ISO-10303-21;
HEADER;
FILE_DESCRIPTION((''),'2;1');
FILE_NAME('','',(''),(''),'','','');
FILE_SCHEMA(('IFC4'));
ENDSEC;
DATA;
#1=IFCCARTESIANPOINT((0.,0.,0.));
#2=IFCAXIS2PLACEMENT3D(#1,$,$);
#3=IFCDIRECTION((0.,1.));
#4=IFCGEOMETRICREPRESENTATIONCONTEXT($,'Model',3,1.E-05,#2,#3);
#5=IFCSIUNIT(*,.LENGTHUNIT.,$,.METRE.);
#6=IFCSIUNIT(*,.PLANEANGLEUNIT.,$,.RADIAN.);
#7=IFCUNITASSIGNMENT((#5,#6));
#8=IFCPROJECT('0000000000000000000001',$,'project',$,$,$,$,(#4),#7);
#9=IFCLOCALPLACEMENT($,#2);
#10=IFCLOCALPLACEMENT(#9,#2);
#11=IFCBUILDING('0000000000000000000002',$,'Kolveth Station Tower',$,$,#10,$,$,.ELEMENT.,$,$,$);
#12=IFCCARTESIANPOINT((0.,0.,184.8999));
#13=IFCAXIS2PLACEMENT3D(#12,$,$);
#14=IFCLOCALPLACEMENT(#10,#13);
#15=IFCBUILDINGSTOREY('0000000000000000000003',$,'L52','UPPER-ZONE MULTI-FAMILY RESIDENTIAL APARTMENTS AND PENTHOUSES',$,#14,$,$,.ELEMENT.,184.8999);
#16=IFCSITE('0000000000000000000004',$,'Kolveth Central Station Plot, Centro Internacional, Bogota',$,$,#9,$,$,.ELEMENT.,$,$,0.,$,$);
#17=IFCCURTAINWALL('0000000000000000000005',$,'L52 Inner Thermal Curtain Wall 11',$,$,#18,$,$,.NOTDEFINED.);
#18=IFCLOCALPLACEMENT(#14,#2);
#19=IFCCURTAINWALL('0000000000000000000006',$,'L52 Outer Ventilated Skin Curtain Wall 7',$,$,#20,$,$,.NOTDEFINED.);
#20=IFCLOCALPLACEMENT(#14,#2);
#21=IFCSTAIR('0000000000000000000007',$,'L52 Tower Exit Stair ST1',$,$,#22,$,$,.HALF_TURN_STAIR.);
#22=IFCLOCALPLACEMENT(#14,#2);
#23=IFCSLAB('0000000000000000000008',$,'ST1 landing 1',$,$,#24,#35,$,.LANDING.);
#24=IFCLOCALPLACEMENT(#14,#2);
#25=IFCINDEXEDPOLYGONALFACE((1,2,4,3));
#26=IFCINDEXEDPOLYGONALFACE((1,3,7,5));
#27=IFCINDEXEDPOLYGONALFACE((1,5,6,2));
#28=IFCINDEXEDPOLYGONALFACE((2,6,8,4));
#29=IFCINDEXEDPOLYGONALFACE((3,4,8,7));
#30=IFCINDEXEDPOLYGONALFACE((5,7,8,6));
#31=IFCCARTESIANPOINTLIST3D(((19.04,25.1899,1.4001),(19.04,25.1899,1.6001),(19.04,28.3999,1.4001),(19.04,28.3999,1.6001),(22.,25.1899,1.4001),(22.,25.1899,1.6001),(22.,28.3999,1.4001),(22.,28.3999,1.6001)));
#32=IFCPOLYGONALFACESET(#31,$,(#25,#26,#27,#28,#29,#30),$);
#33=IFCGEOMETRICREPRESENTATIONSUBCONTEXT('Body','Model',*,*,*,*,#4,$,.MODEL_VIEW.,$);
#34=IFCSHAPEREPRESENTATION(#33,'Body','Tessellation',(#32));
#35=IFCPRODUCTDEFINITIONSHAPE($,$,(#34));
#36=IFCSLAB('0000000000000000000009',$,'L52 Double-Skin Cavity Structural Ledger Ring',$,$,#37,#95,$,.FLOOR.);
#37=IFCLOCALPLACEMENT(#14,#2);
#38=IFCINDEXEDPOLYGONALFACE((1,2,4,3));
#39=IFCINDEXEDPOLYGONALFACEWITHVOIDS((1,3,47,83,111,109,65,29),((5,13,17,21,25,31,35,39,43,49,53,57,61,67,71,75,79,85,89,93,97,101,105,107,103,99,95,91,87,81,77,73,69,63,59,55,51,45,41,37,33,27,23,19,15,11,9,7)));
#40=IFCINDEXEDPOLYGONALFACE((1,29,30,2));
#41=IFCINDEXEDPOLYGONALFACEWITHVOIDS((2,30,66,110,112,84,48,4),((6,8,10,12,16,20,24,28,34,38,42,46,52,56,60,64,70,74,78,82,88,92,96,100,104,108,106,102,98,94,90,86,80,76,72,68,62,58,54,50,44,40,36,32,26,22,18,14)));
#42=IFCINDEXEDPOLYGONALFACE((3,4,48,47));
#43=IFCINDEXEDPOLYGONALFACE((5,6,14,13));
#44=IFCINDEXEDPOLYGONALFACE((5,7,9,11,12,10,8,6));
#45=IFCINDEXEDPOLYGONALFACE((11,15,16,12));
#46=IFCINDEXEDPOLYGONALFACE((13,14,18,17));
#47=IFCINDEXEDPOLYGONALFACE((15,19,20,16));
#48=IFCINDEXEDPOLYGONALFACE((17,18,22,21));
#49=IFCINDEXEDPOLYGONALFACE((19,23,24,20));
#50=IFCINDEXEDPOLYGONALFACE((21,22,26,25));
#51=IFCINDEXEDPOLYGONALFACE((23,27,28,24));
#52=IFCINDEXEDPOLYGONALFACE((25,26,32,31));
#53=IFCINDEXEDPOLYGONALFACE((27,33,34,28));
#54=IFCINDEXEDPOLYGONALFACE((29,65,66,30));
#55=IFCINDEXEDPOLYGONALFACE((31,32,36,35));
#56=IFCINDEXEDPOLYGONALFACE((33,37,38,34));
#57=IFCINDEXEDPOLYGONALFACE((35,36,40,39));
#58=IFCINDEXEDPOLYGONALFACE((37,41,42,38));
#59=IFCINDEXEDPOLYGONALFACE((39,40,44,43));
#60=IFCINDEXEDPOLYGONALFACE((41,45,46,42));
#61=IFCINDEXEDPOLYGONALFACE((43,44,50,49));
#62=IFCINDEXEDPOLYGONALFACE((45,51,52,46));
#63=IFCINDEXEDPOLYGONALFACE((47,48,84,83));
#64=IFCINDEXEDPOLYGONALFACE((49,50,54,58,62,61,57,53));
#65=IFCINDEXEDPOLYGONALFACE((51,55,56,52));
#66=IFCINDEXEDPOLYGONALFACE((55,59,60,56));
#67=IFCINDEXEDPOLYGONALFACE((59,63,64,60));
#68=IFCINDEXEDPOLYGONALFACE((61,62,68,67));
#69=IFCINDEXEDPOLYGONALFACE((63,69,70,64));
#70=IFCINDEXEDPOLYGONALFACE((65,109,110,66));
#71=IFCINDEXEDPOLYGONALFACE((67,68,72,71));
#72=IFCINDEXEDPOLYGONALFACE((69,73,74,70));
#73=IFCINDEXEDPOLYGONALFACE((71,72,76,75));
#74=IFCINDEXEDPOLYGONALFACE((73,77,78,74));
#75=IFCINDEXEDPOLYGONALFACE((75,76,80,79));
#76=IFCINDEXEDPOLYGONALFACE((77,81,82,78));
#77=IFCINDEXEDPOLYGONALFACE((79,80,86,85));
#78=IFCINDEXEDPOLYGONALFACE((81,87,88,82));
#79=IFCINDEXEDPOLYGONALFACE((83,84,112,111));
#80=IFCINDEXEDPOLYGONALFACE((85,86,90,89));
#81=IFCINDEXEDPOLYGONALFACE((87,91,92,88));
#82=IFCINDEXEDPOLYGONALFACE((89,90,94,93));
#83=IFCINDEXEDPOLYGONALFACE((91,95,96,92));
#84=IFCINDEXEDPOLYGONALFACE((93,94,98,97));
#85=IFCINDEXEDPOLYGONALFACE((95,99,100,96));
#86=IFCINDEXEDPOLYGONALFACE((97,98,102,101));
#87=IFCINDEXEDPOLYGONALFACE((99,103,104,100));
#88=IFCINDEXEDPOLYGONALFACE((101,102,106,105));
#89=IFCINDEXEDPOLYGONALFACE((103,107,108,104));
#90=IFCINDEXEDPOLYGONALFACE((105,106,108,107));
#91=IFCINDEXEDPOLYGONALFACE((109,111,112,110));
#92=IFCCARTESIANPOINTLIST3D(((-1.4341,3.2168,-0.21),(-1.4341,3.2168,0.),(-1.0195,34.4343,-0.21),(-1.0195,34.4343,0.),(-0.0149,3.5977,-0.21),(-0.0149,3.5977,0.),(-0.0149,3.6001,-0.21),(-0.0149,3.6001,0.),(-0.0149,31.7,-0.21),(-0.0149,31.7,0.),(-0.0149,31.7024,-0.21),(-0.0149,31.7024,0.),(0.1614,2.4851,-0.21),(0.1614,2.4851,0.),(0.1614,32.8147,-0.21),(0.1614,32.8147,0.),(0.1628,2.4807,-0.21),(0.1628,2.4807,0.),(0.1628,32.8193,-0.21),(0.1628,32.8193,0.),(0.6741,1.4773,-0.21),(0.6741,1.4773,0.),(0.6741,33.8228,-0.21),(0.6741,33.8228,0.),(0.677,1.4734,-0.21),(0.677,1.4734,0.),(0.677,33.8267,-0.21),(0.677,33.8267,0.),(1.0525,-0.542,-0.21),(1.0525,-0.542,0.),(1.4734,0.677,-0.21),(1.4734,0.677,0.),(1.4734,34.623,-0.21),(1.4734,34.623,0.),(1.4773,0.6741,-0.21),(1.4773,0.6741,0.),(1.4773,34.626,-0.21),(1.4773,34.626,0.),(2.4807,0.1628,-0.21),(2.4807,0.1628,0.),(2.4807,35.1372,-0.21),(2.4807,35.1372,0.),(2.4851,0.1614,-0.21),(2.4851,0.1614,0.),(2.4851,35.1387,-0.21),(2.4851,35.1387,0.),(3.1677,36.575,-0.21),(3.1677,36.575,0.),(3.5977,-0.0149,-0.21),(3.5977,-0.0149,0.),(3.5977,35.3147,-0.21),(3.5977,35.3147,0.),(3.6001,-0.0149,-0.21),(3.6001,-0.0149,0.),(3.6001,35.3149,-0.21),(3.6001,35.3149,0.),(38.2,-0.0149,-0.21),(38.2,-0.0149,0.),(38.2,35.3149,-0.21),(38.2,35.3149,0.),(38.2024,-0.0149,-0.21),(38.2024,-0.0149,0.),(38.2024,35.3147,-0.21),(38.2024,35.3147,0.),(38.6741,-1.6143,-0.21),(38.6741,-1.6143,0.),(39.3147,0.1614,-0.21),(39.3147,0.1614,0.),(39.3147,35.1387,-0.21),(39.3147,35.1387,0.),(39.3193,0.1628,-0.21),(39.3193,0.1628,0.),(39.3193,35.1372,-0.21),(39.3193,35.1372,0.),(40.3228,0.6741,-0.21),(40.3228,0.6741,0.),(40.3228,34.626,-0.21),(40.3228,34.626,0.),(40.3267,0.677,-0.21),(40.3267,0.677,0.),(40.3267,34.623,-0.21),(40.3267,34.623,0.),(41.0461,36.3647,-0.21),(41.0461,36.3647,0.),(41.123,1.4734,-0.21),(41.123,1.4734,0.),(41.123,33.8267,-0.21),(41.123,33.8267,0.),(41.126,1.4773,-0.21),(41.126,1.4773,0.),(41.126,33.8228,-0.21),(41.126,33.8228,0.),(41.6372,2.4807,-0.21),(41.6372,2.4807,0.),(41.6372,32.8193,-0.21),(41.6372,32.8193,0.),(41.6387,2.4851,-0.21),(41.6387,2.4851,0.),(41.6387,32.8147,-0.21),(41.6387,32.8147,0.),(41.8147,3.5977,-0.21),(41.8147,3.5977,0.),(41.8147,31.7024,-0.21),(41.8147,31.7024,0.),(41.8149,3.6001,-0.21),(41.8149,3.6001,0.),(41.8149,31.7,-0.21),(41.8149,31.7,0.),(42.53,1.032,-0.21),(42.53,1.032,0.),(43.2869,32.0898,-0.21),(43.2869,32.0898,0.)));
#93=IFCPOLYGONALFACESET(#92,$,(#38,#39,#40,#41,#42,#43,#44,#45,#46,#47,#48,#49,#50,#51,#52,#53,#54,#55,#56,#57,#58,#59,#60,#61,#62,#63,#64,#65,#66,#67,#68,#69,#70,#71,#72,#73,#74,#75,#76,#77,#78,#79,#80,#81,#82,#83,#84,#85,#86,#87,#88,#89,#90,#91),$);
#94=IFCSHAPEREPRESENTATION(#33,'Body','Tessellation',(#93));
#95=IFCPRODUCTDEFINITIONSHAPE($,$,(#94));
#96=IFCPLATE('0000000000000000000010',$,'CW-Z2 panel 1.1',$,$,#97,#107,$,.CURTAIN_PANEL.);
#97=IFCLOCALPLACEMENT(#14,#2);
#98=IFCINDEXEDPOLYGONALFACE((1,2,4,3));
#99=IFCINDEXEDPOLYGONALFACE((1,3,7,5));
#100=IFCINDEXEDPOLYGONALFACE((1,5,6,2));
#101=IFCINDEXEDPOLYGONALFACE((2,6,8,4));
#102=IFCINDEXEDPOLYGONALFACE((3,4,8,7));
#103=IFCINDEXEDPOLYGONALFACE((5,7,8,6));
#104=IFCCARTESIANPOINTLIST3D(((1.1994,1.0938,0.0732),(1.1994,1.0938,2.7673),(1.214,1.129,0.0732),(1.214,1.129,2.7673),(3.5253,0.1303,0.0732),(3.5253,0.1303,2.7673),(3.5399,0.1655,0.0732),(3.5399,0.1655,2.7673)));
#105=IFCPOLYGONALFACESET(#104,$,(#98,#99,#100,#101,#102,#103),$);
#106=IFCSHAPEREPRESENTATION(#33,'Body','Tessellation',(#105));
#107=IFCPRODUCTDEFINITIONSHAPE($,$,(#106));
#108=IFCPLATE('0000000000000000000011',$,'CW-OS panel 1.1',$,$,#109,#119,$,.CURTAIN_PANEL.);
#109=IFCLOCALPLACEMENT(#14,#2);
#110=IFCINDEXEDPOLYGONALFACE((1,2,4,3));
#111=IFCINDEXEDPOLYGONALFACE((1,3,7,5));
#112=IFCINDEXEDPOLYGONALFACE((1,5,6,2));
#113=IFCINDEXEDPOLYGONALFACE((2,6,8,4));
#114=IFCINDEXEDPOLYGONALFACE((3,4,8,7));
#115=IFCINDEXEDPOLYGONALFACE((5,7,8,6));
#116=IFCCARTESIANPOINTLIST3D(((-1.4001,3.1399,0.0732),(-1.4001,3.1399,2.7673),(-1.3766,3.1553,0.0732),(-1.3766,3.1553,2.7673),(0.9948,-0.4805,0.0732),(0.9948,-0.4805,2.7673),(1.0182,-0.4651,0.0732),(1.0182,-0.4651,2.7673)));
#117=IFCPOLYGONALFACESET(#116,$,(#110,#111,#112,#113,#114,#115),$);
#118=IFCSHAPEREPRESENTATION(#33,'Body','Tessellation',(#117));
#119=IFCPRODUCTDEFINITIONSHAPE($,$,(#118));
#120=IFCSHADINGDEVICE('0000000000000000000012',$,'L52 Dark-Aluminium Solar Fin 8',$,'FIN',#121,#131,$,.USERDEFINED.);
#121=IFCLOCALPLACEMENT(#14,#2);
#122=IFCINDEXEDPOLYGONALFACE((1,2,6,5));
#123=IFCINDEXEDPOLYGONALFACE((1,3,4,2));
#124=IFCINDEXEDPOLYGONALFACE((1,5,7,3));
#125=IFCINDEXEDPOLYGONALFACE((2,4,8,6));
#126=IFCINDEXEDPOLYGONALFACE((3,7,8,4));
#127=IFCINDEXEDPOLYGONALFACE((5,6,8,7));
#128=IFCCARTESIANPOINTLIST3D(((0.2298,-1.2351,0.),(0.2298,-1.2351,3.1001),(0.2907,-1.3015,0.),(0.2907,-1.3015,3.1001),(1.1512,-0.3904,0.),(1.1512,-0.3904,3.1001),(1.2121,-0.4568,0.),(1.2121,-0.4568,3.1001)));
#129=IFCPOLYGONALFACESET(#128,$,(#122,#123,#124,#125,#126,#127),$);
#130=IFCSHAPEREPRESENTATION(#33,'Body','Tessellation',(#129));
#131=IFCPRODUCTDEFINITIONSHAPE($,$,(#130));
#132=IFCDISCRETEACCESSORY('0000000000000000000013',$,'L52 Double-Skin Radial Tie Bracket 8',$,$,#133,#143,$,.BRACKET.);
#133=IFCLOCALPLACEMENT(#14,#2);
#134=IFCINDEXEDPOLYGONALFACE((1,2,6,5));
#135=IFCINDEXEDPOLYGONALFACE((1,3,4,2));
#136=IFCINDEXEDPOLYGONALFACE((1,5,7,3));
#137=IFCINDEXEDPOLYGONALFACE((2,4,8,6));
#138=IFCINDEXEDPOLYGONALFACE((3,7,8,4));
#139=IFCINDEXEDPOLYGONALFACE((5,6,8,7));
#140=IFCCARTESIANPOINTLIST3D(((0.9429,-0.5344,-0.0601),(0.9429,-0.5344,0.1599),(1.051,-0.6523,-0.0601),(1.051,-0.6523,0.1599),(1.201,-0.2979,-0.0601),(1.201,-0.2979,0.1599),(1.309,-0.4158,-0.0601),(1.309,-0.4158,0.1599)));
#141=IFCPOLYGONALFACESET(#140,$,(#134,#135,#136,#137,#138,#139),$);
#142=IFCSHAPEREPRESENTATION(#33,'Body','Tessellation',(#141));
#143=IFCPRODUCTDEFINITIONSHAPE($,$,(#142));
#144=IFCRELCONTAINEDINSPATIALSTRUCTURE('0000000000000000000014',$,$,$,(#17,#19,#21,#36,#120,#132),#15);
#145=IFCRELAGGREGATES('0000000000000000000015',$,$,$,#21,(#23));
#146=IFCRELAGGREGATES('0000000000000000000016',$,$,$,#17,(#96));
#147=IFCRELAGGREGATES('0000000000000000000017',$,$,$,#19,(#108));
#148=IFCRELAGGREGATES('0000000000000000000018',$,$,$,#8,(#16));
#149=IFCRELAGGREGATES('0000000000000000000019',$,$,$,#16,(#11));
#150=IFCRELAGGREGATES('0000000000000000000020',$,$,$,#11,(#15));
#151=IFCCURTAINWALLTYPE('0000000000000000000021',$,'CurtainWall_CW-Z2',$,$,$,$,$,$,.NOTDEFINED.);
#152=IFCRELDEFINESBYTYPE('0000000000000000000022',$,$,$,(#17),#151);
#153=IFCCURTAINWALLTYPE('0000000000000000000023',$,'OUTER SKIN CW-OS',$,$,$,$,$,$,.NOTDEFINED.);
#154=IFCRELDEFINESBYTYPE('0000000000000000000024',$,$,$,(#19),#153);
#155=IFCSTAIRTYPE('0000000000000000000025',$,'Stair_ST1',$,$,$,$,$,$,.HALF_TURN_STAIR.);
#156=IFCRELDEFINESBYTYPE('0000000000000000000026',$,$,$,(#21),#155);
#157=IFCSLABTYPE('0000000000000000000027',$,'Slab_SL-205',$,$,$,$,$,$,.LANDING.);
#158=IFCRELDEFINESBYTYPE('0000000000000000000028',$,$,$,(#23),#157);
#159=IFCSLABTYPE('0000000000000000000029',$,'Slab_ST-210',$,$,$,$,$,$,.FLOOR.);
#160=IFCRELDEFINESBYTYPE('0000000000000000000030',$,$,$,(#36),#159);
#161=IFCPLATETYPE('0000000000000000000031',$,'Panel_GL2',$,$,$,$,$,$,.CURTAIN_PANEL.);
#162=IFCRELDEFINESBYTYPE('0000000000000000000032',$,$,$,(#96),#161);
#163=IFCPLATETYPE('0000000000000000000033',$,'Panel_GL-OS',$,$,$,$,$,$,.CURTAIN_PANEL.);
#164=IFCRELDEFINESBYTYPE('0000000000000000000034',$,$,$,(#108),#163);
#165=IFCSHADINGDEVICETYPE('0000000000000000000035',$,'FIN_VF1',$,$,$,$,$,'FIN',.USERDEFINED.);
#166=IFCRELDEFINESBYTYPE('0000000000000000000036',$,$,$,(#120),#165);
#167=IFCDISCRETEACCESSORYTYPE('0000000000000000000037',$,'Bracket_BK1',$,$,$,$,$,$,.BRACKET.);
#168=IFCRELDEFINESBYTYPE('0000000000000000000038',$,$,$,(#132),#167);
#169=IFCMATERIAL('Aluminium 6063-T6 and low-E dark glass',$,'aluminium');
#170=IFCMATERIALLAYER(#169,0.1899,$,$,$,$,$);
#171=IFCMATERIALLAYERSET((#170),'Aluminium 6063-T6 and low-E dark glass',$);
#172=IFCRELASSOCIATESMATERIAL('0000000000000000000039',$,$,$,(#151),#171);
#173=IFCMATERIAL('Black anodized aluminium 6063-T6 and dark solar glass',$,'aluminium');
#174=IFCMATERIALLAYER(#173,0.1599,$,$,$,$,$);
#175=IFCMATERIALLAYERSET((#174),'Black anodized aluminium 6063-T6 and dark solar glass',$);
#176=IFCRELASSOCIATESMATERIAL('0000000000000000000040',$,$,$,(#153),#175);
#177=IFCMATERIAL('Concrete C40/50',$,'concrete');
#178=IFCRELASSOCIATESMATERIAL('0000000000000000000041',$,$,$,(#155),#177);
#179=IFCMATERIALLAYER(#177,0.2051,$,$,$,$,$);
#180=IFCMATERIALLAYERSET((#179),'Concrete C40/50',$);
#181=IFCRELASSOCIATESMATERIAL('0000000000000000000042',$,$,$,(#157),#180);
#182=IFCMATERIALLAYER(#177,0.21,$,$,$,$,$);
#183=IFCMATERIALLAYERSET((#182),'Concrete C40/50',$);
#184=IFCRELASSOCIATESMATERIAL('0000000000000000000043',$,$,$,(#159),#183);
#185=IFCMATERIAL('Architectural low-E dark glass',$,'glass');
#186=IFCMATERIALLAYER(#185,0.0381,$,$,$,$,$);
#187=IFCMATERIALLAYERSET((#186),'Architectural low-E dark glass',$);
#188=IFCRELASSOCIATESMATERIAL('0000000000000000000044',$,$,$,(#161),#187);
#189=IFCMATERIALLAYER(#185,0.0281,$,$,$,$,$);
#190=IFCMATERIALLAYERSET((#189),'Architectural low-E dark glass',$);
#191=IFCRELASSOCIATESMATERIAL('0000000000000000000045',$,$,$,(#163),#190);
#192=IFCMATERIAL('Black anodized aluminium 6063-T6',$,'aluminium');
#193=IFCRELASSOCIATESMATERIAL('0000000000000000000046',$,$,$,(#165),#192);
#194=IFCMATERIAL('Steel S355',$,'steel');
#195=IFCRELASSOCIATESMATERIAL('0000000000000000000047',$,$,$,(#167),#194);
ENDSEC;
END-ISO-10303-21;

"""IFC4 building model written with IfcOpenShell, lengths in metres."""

from ifc_helpers import new_model, si_unit, direction, frame, origin, origin_2d, place, context, subcontext, project, spatial, polyline, rectangle, outline, extrude, source, transform, mapped, material, layer, layer_set, type_object, element, aggregate, save


model = new_model("IFC4")

# Units and contexts
model_context = context("Model", 3, precision=1e-05, world=origin(), true_north=direction((0.0, 1.0)))
body_context = subcontext(model_context, "Body", "Model", "MODEL_VIEW")
ifc_project = project(units=[si_unit("LENGTHUNIT", "METRE"), si_unit("PLANEANGLEUNIT", "RADIAN")], contexts=[model_context])

# Site, building, storey
site_placement = place(None, origin())
site = spatial("IfcSite", under=ifc_project, at=site_placement, Name="Kolveth Central Station Plot, Centro Internacional, Bogota", CompositionType="ELEMENT", RefElevation=0.0)
building_placement = place(site_placement, origin())
building = spatial("IfcBuilding", under=site, at=building_placement, Name="Kolveth Station Tower", CompositionType="ELEMENT")
storey_placement = place(building_placement, frame((0.0, 0.0, 184.8999)))
storey = spatial("IfcBuildingStorey", under=building, at=storey_placement, Name="L52", Description="UPPER-ZONE MULTI-FAMILY RESIDENTIAL APARTMENTS AND PENTHOUSES", CompositionType="ELEMENT", Elevation=184.8999)

# Shared definitions
ifc_material_1 = material(Name="Steel S355", Category="steel")

# Shared definitions
ifc_material_2 = material(Name="Aluminium 6063-T6 and low-E dark glass", Category="aluminium")
ifc_layer_1 = layer(ifc_material_2, 0.1899)
ifc_layer_set_1 = layer_set([ifc_layer_1], Name="Aluminium 6063-T6 and low-E dark glass")
curtain_wall_type_1 = type_object("IfcCurtainWallType", Name="CurtainWall_CW-Z2", PredefinedType="NOTDEFINED", material=ifc_layer_set_1)
ifc_material_3 = material(Name="Black anodized aluminium 6063-T6", Category="aluminium")

# Curtain wall
curtain_wall_1_placement = place(storey_placement, origin())
curtain_wall_1 = element("IfcCurtainWall", 1, at=curtain_wall_1_placement, inside=storey, type_object=curtain_wall_type_1, Name="L52 Inner Thermal Curtain Wall 11", PredefinedType="NOTDEFINED")

# Curtain wall
ifc_material_4 = material(Name="Black anodized aluminium 6063-T6 and dark solar glass", Category="aluminium")
ifc_layer_2 = layer(ifc_material_4, 0.1599)
ifc_layer_set_2 = layer_set([ifc_layer_2], Name="Black anodized aluminium 6063-T6 and dark solar glass")
curtain_wall_type_2 = type_object("IfcCurtainWallType", Name="OUTER SKIN CW-OS", PredefinedType="NOTDEFINED", material=ifc_layer_set_2)
curtain_wall_2_placement = place(storey_placement, origin())
curtain_wall_2 = element("IfcCurtainWall", 2, at=curtain_wall_2_placement, inside=storey, type_object=curtain_wall_type_2, Name="L52 Outer Ventilated Skin Curtain Wall 7", PredefinedType="NOTDEFINED")

# Shared definitions
ifc_material_5 = material(Name="Concrete C40/50", Category="concrete")

# Stair, slab
stair_type_1 = type_object("IfcStairType", Name="Stair_ST1", PredefinedType="HALF_TURN_STAIR", material=ifc_material_5)
stair_1_placement = place(storey_placement, origin())
stair_1 = element("IfcStair", 3, at=stair_1_placement, inside=storey, type_object=stair_type_1, Name="L52 Tower Exit Stair ST1", PredefinedType="HALF_TURN_STAIR")
ifc_layer_3 = layer(ifc_material_5, 0.2051)
ifc_layer_set_3 = layer_set([ifc_layer_3], Name="Concrete C40/50")
slab_type_1 = type_object("IfcSlabType", Name="Slab_SL-205", PredefinedType="LANDING", material=ifc_layer_set_3)
slab_1_placement = place(storey_placement, frame((0.0, 0.0, 1.4001)))
slab_1 = element("IfcSlab", 4, at=slab_1_placement, type_object=slab_type_1, Name="ST1 landing 1", PredefinedType="LANDING", context=body_context, shape_type="SweptSolid", body=[
    extrude(outline(polyline([(22.0, 25.1899), (22.0, 28.3999), (19.04, 28.3999), (19.04, 25.1899), (22.0, 25.1899)])), origin(), (0.0, 0.0, 1.0), 0.2),
])
aggregate(stair_1, [slab_1])

# Slab
ifc_layer_4 = layer(ifc_material_5, 0.21)
ifc_layer_set_4 = layer_set([ifc_layer_4], Name="Concrete C40/50")
slab_type_2 = type_object("IfcSlabType", Name="Slab_ST-210", PredefinedType="FLOOR", material=ifc_layer_set_4)
slab_2_placement = place(storey_placement, frame((0.0, 0.0, -0.21)))
element("IfcSlab", 5, at=slab_2_placement, inside=storey, type_object=slab_type_2, Name="L52 Double-Skin Cavity Structural Ledger Ring", PredefinedType="FLOOR", context=body_context, shape_type="SweptSolid", body=[
    extrude(outline(polyline([(1.0525, -0.542), (-1.4341, 3.2168), (-1.0195, 34.4343), (3.1677, 36.575), (41.0461, 36.3647), (43.2869, 32.0898), (42.53, 1.032), (38.6741, -1.6143), (1.0525, -0.542)]), holes=[polyline([(38.2024, -0.0149), (39.3147, 0.1614), (39.3193, 0.1628), (40.3228, 0.6741), (40.3267, 0.677), (41.123, 1.4734), (41.126, 1.4773), (41.6372, 2.4807), (41.6387, 2.4851), (41.8147, 3.5977), (41.8149, 3.6001), (41.8149, 31.7), (41.8147, 31.7024), (41.6387, 32.8147), (41.6372, 32.8193), (41.126, 33.8228), (41.123, 33.8267), (40.3267, 34.623), (40.3228, 34.626), (39.3193, 35.1372), (39.3147, 35.1387), (38.2024, 35.3147), (38.2, 35.3149), (3.6001, 35.3149), (3.5977, 35.3147), (2.4851, 35.1387), (2.4807, 35.1372), (1.4773, 34.626), (1.4734, 34.623), (0.677, 33.8267), (0.6741, 33.8228), (0.1628, 32.8193), (0.1614, 32.8147), (-0.0149, 31.7024), (-0.0149, 31.7), (-0.0149, 3.6001), (-0.0149, 3.5977), (0.1614, 2.4851), (0.1628, 2.4807), (0.6741, 1.4773), (0.677, 1.4734), (1.4734, 0.677), (1.4773, 0.6741), (2.4807, 0.1628), (2.4851, 0.1614), (3.5977, -0.0149), (3.6001, -0.0149), (38.2, -0.0149), (38.2024, -0.0149)])]), origin(), (0.0, 0.0, 1.0), 0.21),
])

# Plates
ifc_material_6 = material(Name="Architectural low-E dark glass", Category="glass")
ifc_layer_5 = layer(ifc_material_6, 0.0381)
ifc_layer_set_5 = layer_set([ifc_layer_5], Name="Architectural low-E dark glass")
plate_type_1 = type_object("IfcPlateType", Name="Panel_GL2", PredefinedType="CURTAIN_PANEL", material=ifc_layer_set_5)
shared_shape_1 = source(origin(), body_context, "Body", "SweptSolid", [
    extrude(rectangle(XDim=2.5176, YDim=0.0381, at=origin_2d()), origin(), (0.0, 0.0, 1.0), 2.6941),
])
plate_1_placement = place(storey_placement, frame((2.3696, 0.6296, 0.0732), z_axis=(0.0, 0.0, 1.0), x_axis=(0.923874, -0.382698, 0.0)))
plate_1 = element("IfcPlate", 6, at=plate_1_placement, type_object=plate_type_1, Name="CW-Z2 panel 1.1", PredefinedType="CURTAIN_PANEL", context=body_context, shape_type="MappedRepresentation", body=[
    mapped(shared_shape_1, transform((0.0, 0.0, 0.0), x_axis=(1.0, 0.0, 0.0), y_axis=(0.0, 1.0, 0.0), z_axis=(0.0, 0.0, 1.0), scale=1.0)),
])
aggregate(curtain_wall_1, [plate_1])
ifc_layer_6 = layer(ifc_material_6, 0.0281)
ifc_layer_set_6 = layer_set([ifc_layer_6], Name="Architectural low-E dark glass")
plate_type_2 = type_object("IfcPlateType", Name="Panel_GL-OS", PredefinedType="CURTAIN_PANEL", material=ifc_layer_set_6)
shared_shape_2 = source(origin(), body_context, "Body", "SweptSolid", [
    extrude(rectangle(XDim=4.3408, YDim=0.0281, at=origin_2d()), origin(), (0.0, 0.0, 1.0), 2.6941),
])
plate_2_placement = place(storey_placement, frame((-0.1909, 1.3374, 0.0732), z_axis=(0.0, 0.0, 1.0), x_axis=(0.551711, -0.834035, 0.0)))
plate_2 = element("IfcPlate", 7, at=plate_2_placement, type_object=plate_type_2, Name="CW-OS panel 1.1", PredefinedType="CURTAIN_PANEL", context=body_context, shape_type="MappedRepresentation", body=[
    mapped(shared_shape_2, transform((0.0, 0.0, 0.0), x_axis=(1.0, 0.0, 0.0), y_axis=(0.0, 1.0, 0.0), z_axis=(0.0, 0.0, 1.0), scale=1.0)),
])
aggregate(curtain_wall_2, [plate_2])

# Shading device
shading_device_type = type_object("IfcShadingDeviceType", Name="FIN_VF1", ElementType="FIN", PredefinedType="USERDEFINED", material=ifc_material_3)
shared_shape_3 = source(origin(), body_context, "Body", "SweptSolid", [
    extrude(rectangle(XDim=1.25, YDim=0.0901, at=origin_2d()), origin(), (0.0, 0.0, 1.0), 3.1001),
])
shading_device_placement = place(storey_placement, frame((0.7209, -0.8459, 0.0), z_axis=(0.0, 0.0, 1.0), x_axis=(-0.737159, -0.675719, 0.0)))
element("IfcShadingDevice", 8, at=shading_device_placement, inside=storey, type_object=shading_device_type, Name="L52 Dark-Aluminium Solar Fin 8", ObjectType="FIN", PredefinedType="USERDEFINED", context=body_context, shape_type="MappedRepresentation", body=[
    mapped(shared_shape_3, transform((0.0, 0.0, 0.0), x_axis=(1.0, 0.0, 0.0), y_axis=(0.0, 1.0, 0.0), z_axis=(0.0, 0.0, 1.0), scale=1.0)),
])

# Discrete accessory
discrete_accessory_type = type_object("IfcDiscreteAccessoryType", Name="Bracket_BK1", PredefinedType="BRACKET", material=ifc_material_1)
shared_shape_4 = source(origin(), body_context, "Body", "SweptSolid", [
    extrude(rectangle(XDim=0.3501, YDim=0.1599, at=origin_2d()), origin(), (0.0, 0.0, 1.0), 0.22),
])
discrete_accessory_placement = place(storey_placement, frame((1.126, -0.4751, -0.0601), z_axis=(0.0, 0.0, 1.0), x_axis=(-0.737159, -0.675719, 0.0)))
element("IfcDiscreteAccessory", 9, at=discrete_accessory_placement, inside=storey, type_object=discrete_accessory_type, Name="L52 Double-Skin Radial Tie Bracket 8", PredefinedType="BRACKET", context=body_context, shape_type="MappedRepresentation", body=[
    mapped(shared_shape_4, transform((0.0, 0.0, 0.0), x_axis=(1.0, 0.0, 0.0), y_axis=(0.0, 1.0, 0.0), z_axis=(0.0, 0.0, 1.0), scale=1.0)),
])

save(model, "model.ifc")
